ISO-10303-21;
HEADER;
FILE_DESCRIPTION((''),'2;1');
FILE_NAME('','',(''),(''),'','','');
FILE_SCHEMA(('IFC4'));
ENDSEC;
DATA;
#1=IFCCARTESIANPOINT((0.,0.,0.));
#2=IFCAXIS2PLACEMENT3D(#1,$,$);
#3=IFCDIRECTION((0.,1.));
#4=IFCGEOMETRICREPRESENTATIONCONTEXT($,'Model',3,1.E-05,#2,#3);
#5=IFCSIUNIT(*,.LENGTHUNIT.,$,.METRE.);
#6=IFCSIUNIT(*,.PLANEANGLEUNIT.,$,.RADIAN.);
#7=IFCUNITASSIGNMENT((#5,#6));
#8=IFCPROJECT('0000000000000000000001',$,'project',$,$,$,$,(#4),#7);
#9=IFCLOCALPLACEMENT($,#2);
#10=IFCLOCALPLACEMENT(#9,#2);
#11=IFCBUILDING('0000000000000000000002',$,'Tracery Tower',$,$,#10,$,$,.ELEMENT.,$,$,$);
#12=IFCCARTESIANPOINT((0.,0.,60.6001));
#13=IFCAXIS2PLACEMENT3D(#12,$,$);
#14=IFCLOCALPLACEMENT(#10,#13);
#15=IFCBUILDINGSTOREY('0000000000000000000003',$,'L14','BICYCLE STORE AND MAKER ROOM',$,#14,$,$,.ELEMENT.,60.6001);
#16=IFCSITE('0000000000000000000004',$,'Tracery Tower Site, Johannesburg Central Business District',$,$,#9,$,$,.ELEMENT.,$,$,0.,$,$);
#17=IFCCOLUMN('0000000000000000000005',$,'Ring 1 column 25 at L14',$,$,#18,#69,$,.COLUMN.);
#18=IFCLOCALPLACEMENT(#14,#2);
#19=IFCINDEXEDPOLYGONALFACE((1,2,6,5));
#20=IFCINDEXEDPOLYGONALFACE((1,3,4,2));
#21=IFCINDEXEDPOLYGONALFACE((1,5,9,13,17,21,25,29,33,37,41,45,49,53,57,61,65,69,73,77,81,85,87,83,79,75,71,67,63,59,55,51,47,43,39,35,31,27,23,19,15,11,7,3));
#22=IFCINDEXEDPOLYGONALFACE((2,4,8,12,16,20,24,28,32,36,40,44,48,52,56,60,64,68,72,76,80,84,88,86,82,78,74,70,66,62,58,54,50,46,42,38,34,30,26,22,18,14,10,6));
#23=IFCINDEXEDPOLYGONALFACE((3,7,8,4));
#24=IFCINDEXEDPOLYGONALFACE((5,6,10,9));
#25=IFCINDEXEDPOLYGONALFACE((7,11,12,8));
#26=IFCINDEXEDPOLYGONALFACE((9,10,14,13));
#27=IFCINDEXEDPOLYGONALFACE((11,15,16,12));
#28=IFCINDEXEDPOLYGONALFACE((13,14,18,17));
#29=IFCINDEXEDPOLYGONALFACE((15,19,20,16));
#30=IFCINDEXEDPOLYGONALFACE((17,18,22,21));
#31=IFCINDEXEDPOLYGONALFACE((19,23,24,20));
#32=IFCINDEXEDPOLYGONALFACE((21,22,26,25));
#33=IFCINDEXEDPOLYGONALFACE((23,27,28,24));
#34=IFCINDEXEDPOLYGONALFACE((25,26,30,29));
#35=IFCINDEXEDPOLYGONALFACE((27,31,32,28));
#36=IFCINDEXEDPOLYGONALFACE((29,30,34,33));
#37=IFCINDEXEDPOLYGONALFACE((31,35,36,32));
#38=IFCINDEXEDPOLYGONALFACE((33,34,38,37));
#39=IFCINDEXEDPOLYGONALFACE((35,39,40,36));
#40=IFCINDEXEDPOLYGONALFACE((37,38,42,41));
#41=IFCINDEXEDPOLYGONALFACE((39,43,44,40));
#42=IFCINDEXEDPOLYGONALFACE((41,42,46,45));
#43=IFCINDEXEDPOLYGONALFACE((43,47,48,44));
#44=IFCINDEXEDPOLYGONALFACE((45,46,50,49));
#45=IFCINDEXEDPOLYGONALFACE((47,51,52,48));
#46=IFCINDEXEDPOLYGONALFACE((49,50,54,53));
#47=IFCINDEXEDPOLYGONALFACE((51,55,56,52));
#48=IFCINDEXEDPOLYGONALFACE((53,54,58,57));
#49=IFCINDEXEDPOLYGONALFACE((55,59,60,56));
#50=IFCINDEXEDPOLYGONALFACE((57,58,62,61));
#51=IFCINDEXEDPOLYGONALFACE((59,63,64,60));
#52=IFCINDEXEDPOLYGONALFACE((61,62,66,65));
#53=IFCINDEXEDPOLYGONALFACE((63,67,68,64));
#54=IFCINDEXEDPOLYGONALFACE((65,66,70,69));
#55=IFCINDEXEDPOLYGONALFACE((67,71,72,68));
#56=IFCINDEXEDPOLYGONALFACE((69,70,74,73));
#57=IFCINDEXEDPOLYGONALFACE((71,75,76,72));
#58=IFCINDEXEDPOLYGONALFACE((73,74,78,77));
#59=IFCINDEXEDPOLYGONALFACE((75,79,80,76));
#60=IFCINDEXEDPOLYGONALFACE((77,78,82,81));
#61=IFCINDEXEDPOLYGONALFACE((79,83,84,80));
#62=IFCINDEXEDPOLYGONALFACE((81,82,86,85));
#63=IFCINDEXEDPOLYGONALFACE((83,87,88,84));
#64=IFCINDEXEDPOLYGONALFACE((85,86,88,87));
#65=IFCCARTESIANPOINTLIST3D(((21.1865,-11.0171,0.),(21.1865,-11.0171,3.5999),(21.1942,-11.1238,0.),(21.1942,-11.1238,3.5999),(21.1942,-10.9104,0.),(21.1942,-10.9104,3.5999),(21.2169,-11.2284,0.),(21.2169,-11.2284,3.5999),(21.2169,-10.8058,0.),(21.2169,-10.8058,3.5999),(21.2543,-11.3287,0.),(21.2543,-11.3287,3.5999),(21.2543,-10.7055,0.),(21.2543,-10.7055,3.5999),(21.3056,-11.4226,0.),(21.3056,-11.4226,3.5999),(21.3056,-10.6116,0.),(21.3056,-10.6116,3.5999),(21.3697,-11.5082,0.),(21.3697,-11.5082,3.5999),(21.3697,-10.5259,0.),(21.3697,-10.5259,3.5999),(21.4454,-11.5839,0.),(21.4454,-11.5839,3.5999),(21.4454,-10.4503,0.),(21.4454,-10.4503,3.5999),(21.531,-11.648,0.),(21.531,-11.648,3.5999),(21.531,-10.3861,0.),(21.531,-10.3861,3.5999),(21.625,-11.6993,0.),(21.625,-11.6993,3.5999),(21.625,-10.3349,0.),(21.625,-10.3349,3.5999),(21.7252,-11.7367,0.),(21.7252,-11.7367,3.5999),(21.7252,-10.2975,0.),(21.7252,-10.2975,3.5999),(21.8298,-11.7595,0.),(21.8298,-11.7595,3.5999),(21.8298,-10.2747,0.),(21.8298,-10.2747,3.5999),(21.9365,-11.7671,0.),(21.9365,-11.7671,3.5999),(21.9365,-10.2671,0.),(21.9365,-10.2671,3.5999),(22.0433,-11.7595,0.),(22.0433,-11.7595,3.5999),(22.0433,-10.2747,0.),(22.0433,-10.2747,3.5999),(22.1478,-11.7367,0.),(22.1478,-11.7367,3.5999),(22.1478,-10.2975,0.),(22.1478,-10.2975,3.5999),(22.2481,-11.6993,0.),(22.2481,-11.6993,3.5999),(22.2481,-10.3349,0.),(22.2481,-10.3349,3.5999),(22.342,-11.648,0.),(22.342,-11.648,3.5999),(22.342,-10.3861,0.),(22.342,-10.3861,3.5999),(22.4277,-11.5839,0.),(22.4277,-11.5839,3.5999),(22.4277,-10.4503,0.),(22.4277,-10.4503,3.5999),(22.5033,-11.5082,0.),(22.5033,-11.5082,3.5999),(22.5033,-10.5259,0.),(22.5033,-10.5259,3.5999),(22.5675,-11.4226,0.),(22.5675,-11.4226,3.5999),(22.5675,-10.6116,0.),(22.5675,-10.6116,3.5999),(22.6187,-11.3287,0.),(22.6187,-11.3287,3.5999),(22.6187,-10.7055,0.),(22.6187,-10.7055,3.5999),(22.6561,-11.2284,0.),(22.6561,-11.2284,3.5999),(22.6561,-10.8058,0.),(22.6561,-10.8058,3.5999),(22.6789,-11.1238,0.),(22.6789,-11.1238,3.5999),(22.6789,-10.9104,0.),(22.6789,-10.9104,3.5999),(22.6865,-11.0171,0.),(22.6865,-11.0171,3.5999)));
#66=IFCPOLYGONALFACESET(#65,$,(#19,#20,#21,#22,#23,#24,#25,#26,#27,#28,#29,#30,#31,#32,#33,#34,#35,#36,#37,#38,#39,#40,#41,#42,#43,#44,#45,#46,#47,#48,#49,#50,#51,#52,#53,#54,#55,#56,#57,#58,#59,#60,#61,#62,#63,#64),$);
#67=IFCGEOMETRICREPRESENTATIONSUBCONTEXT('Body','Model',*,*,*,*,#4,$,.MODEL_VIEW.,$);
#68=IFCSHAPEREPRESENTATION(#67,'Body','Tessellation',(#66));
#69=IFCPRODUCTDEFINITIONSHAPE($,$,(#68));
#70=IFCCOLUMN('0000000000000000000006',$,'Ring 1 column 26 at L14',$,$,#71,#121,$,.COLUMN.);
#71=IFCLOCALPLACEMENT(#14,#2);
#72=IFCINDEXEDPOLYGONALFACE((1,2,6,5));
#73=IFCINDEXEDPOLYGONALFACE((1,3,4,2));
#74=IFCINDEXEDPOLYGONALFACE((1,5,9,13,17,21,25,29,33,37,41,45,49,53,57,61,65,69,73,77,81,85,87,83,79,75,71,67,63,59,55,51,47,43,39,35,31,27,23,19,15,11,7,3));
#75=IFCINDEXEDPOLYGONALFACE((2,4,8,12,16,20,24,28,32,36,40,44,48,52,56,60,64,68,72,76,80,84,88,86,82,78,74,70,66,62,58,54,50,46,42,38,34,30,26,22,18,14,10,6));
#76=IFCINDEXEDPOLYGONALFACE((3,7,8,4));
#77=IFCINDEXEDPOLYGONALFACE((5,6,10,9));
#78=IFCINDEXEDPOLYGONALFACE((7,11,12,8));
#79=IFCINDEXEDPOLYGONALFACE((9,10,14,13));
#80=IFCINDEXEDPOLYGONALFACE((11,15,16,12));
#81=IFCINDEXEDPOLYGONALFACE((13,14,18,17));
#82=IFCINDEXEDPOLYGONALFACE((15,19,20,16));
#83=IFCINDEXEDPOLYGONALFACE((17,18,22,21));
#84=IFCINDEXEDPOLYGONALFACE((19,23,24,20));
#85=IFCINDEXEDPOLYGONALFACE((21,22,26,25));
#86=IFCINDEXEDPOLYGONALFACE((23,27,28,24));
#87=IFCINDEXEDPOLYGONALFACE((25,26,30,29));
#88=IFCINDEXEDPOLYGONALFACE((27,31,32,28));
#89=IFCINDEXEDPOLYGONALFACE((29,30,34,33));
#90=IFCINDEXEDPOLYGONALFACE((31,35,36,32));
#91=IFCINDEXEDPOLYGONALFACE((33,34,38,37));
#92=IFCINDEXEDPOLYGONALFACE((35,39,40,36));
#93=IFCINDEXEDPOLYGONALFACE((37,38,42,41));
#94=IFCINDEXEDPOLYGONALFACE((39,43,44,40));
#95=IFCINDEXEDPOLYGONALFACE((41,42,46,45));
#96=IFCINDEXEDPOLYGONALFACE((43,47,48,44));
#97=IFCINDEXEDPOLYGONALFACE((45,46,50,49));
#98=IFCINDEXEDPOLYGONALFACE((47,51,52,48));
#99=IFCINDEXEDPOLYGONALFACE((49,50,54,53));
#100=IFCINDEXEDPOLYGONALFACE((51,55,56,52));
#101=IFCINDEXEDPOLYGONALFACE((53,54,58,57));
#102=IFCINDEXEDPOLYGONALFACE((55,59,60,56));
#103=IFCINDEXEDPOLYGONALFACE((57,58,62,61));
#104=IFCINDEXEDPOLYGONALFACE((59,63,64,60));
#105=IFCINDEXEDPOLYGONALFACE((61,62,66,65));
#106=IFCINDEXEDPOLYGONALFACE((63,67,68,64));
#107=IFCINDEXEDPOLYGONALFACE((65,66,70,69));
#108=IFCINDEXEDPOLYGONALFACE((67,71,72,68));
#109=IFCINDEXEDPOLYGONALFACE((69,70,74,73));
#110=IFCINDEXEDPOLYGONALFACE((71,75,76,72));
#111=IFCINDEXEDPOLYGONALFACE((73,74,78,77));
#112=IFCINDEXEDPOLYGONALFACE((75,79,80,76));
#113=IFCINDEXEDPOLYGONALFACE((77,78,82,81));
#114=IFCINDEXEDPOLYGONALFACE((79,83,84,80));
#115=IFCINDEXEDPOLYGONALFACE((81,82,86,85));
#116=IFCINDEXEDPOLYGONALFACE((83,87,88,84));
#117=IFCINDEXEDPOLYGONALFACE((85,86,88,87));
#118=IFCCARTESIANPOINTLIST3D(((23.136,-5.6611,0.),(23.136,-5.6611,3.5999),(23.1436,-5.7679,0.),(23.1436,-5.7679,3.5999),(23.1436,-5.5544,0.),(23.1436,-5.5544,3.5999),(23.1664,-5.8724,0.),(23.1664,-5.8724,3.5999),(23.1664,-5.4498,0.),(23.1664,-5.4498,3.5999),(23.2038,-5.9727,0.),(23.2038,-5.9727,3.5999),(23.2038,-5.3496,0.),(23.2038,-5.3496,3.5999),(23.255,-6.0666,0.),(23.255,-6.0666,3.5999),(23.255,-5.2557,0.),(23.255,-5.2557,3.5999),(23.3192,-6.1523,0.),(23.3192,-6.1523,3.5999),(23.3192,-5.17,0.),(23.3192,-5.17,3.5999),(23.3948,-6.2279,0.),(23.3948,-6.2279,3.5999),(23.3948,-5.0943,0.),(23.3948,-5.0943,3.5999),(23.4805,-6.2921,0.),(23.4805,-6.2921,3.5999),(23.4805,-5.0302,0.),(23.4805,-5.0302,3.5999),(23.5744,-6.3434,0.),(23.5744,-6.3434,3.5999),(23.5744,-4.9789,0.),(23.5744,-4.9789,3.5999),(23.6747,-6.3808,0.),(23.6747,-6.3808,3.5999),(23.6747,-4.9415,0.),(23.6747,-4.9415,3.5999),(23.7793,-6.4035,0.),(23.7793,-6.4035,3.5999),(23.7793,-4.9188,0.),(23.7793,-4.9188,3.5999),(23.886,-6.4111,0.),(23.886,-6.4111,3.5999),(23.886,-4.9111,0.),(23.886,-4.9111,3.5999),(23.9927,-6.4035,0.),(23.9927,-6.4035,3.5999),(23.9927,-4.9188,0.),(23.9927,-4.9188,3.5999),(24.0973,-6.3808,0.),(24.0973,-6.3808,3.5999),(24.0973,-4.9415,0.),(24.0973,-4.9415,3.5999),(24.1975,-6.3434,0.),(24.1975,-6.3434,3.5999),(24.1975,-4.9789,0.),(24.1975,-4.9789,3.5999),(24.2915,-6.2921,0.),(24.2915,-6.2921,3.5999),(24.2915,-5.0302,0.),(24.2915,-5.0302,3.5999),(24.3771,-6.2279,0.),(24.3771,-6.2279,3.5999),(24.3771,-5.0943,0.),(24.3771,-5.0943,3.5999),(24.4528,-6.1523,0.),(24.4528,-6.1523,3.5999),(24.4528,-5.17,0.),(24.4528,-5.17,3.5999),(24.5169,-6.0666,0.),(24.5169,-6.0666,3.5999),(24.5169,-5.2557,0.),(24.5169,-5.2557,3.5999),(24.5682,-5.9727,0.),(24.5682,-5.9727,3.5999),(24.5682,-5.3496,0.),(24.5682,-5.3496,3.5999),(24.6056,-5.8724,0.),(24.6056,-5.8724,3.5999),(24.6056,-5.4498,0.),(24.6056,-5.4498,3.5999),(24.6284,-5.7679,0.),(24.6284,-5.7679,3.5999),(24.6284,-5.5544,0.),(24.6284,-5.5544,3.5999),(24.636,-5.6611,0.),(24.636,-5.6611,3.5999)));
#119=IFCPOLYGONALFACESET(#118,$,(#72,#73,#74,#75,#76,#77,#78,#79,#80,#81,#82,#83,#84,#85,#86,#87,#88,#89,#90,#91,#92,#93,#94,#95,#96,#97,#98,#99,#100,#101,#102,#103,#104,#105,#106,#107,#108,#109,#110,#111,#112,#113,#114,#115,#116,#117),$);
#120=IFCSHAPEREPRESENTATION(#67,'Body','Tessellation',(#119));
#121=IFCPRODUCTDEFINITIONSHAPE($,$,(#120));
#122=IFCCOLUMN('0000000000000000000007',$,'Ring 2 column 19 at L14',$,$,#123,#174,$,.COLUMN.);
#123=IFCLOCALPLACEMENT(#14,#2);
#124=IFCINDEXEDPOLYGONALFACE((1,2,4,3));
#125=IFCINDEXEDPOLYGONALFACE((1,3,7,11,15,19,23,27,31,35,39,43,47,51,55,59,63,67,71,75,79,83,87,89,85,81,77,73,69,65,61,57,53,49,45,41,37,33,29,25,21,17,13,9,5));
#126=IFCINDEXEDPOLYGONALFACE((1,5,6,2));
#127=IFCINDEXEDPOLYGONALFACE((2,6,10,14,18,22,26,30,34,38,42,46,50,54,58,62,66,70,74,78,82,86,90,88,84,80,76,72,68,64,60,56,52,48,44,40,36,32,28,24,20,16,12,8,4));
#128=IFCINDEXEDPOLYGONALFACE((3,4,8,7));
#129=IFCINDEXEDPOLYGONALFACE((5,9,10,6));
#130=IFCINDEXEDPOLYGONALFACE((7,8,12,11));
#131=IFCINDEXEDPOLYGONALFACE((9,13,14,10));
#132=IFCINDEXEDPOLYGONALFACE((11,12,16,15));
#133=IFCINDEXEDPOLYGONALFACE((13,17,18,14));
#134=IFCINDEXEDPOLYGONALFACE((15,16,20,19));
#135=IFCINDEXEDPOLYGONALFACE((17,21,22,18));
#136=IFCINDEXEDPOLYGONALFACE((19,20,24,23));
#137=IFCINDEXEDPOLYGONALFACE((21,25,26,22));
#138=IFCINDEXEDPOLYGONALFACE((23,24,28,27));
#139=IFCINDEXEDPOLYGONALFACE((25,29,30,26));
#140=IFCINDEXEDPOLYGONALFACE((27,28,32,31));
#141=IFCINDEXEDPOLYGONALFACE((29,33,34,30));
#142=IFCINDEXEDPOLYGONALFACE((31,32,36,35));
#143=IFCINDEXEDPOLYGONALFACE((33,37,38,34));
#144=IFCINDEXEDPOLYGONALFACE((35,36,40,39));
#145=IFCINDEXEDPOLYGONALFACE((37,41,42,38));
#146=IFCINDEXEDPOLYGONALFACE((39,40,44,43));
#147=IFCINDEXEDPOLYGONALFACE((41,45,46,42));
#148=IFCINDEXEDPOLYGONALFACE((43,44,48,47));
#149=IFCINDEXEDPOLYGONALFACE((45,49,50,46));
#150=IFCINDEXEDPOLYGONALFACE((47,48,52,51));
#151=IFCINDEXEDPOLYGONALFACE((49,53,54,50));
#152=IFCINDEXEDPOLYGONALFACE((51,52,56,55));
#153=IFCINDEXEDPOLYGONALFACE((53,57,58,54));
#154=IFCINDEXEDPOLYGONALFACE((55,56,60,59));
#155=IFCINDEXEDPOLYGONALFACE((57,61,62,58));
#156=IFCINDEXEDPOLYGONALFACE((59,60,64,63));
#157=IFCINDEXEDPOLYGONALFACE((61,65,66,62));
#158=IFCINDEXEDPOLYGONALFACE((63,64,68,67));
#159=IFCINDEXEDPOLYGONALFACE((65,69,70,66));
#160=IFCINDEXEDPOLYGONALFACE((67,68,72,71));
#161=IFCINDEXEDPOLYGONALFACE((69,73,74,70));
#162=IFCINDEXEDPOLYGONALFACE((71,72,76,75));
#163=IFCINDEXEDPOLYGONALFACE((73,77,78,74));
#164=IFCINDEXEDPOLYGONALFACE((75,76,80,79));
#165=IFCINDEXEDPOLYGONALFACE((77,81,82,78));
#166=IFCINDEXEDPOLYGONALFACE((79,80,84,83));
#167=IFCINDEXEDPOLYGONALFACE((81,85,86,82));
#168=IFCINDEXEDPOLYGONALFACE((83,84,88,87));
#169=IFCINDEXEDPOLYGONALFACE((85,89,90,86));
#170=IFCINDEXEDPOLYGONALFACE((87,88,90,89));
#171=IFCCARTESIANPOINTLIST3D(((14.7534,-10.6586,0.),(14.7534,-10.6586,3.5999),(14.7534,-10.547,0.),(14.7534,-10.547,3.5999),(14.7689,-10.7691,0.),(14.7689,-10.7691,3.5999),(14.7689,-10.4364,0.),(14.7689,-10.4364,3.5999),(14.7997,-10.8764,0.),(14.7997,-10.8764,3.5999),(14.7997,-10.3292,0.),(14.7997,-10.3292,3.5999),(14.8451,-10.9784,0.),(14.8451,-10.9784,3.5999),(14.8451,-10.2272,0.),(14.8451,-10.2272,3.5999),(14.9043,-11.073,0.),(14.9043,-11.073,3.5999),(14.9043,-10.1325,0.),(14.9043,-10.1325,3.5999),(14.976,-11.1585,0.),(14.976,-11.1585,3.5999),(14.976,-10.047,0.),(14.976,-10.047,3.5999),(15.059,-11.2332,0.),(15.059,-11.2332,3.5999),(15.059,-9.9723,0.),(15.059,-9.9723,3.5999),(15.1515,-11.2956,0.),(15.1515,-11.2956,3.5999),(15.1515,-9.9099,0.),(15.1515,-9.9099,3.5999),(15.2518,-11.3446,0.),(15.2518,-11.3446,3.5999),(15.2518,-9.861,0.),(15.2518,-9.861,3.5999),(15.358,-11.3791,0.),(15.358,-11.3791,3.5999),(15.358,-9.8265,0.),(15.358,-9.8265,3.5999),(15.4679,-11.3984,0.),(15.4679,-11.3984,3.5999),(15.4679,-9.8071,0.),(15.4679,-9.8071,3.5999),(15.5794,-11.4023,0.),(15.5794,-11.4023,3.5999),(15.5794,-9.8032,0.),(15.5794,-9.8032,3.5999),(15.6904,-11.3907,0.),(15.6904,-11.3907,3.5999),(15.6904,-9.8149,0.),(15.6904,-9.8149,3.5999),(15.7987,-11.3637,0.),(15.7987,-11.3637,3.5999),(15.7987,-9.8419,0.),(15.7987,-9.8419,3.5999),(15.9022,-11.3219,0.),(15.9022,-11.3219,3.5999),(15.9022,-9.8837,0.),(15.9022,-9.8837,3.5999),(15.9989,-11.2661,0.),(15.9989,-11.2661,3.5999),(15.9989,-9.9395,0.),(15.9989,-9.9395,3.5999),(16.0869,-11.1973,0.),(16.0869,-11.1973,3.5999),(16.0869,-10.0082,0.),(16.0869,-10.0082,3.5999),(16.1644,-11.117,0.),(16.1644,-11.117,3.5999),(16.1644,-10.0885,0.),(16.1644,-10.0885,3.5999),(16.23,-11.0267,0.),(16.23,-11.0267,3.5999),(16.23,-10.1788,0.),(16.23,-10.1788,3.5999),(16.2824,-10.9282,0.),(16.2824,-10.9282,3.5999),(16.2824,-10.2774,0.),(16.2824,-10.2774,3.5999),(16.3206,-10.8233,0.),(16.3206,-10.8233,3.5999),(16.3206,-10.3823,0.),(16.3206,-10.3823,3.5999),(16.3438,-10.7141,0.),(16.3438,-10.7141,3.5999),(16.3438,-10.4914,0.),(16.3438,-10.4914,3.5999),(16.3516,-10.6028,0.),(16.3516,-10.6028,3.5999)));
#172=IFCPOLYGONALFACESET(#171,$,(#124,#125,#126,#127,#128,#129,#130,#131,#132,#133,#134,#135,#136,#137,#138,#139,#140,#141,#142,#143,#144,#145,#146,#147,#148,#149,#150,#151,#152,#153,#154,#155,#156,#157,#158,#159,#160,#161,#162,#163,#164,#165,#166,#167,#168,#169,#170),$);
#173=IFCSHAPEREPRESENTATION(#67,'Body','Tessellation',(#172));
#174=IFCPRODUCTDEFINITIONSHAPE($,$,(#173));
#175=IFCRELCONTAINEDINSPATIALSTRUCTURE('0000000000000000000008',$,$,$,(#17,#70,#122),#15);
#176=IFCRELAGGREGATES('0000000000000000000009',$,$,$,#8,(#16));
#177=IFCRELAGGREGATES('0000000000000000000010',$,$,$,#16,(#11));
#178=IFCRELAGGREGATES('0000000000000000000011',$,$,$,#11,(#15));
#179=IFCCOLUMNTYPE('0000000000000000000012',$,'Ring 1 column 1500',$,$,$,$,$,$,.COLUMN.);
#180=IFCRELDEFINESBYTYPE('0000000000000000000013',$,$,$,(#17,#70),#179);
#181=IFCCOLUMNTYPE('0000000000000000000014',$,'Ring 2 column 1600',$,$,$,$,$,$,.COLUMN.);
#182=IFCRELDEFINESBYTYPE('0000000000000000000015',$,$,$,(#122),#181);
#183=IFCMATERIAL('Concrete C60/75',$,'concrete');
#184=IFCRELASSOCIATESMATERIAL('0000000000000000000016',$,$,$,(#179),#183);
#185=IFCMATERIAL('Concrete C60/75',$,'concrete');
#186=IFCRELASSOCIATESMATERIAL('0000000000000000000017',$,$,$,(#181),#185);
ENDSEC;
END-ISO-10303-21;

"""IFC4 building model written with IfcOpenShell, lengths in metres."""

from ifc_helpers import new_model, si_unit, direction, frame, origin, origin_2d, place, context, subcontext, project, spatial, circle, extrude, material, material_profile, profile_set, type_object, element, save


model = new_model("IFC4")

# Units and contexts
model_context = context("Model", 3, precision=1e-05, world=origin(), true_north=direction((0.0, 1.0)))
body_context = subcontext(model_context, "Body", "Model", "MODEL_VIEW")
ifc_project = project(units=[si_unit("LENGTHUNIT", "METRE"), si_unit("PLANEANGLEUNIT", "RADIAN")], contexts=[model_context])

# Site, building, storey
site_placement = place(None, origin())
site = spatial("IfcSite", under=ifc_project, at=site_placement, Name="Tracery Tower Site, Johannesburg Central Business District", CompositionType="ELEMENT", RefElevation=0.0)
building_placement = place(site_placement, origin())
building = spatial("IfcBuilding", under=site, at=building_placement, Name="Tracery Tower", CompositionType="ELEMENT")
storey_placement = place(building_placement, frame((0.0, 0.0, 60.6001)))
storey = spatial("IfcBuildingStorey", under=building, at=storey_placement, Name="L14", Description="BICYCLE STORE AND MAKER ROOM", CompositionType="ELEMENT", Elevation=60.6001)

# Columns
ifc_material_1 = material(Name="Concrete C60/75", Category="concrete")
ifc_material_profile_1 = material_profile(ifc_material_1, circle(Radius=0.75, at=origin_2d()), Name="RC D1500")
ifc_profile_set_1 = profile_set([ifc_material_profile_1], Name="Concrete C60/75")
column_type_1 = type_object("IfcColumnType", Name="Ring 1 column 1500", PredefinedType="COLUMN", material=ifc_profile_set_1)
for number, where, z_axis, x_axis, name in (
    (1, (21.9365, -11.0171, 0.0), (0.0, 0.0, 1.0), (1.0, 0.0, 0.0), "Ring 1 column 25 at L14"),
    (2, (23.886, -5.6611, 0.0), (0.0, 0.0, 1.0), (1.0, 0.0, 0.0), "Ring 1 column 26 at L14"),
):
    element("IfcColumn", number, at=place(storey_placement, frame(where, z_axis=z_axis, x_axis=x_axis)), inside=storey, type_object=column_type_1, Name=name, PredefinedType="COLUMN", context=body_context, shape_type="SweptSolid", body=[
        extrude(circle(Radius=0.75, at=origin_2d()), origin(), (0.0, 0.0, 1.0), 3.5999),
    ])
ifc_material_2 = material(Name="Concrete C60/75", Category="concrete")
ifc_material_profile_2 = material_profile(ifc_material_2, circle(Radius=0.8, at=origin_2d()), Name="RC D1600")
ifc_profile_set_2 = profile_set([ifc_material_profile_2], Name="Concrete C60/75")
column_type_2 = type_object("IfcColumnType", Name="Ring 2 column 1600", PredefinedType="COLUMN", material=ifc_profile_set_2)
for number, where, z_axis, x_axis, name in (
    (3, (15.5515, -10.6028, 0.0), (0.0, 0.0, 1.0), (1.0, 0.0, 0.0), "Ring 2 column 19 at L14"),
):
    element("IfcColumn", number, at=place(storey_placement, frame(where, z_axis=z_axis, x_axis=x_axis)), inside=storey, type_object=column_type_2, Name=name, PredefinedType="COLUMN", context=body_context, shape_type="SweptSolid", body=[
        extrude(circle(Radius=0.8, at=origin_2d()), origin(), (0.0, 0.0, 1.0), 3.5999),
    ])

save(model, "model.ifc")
